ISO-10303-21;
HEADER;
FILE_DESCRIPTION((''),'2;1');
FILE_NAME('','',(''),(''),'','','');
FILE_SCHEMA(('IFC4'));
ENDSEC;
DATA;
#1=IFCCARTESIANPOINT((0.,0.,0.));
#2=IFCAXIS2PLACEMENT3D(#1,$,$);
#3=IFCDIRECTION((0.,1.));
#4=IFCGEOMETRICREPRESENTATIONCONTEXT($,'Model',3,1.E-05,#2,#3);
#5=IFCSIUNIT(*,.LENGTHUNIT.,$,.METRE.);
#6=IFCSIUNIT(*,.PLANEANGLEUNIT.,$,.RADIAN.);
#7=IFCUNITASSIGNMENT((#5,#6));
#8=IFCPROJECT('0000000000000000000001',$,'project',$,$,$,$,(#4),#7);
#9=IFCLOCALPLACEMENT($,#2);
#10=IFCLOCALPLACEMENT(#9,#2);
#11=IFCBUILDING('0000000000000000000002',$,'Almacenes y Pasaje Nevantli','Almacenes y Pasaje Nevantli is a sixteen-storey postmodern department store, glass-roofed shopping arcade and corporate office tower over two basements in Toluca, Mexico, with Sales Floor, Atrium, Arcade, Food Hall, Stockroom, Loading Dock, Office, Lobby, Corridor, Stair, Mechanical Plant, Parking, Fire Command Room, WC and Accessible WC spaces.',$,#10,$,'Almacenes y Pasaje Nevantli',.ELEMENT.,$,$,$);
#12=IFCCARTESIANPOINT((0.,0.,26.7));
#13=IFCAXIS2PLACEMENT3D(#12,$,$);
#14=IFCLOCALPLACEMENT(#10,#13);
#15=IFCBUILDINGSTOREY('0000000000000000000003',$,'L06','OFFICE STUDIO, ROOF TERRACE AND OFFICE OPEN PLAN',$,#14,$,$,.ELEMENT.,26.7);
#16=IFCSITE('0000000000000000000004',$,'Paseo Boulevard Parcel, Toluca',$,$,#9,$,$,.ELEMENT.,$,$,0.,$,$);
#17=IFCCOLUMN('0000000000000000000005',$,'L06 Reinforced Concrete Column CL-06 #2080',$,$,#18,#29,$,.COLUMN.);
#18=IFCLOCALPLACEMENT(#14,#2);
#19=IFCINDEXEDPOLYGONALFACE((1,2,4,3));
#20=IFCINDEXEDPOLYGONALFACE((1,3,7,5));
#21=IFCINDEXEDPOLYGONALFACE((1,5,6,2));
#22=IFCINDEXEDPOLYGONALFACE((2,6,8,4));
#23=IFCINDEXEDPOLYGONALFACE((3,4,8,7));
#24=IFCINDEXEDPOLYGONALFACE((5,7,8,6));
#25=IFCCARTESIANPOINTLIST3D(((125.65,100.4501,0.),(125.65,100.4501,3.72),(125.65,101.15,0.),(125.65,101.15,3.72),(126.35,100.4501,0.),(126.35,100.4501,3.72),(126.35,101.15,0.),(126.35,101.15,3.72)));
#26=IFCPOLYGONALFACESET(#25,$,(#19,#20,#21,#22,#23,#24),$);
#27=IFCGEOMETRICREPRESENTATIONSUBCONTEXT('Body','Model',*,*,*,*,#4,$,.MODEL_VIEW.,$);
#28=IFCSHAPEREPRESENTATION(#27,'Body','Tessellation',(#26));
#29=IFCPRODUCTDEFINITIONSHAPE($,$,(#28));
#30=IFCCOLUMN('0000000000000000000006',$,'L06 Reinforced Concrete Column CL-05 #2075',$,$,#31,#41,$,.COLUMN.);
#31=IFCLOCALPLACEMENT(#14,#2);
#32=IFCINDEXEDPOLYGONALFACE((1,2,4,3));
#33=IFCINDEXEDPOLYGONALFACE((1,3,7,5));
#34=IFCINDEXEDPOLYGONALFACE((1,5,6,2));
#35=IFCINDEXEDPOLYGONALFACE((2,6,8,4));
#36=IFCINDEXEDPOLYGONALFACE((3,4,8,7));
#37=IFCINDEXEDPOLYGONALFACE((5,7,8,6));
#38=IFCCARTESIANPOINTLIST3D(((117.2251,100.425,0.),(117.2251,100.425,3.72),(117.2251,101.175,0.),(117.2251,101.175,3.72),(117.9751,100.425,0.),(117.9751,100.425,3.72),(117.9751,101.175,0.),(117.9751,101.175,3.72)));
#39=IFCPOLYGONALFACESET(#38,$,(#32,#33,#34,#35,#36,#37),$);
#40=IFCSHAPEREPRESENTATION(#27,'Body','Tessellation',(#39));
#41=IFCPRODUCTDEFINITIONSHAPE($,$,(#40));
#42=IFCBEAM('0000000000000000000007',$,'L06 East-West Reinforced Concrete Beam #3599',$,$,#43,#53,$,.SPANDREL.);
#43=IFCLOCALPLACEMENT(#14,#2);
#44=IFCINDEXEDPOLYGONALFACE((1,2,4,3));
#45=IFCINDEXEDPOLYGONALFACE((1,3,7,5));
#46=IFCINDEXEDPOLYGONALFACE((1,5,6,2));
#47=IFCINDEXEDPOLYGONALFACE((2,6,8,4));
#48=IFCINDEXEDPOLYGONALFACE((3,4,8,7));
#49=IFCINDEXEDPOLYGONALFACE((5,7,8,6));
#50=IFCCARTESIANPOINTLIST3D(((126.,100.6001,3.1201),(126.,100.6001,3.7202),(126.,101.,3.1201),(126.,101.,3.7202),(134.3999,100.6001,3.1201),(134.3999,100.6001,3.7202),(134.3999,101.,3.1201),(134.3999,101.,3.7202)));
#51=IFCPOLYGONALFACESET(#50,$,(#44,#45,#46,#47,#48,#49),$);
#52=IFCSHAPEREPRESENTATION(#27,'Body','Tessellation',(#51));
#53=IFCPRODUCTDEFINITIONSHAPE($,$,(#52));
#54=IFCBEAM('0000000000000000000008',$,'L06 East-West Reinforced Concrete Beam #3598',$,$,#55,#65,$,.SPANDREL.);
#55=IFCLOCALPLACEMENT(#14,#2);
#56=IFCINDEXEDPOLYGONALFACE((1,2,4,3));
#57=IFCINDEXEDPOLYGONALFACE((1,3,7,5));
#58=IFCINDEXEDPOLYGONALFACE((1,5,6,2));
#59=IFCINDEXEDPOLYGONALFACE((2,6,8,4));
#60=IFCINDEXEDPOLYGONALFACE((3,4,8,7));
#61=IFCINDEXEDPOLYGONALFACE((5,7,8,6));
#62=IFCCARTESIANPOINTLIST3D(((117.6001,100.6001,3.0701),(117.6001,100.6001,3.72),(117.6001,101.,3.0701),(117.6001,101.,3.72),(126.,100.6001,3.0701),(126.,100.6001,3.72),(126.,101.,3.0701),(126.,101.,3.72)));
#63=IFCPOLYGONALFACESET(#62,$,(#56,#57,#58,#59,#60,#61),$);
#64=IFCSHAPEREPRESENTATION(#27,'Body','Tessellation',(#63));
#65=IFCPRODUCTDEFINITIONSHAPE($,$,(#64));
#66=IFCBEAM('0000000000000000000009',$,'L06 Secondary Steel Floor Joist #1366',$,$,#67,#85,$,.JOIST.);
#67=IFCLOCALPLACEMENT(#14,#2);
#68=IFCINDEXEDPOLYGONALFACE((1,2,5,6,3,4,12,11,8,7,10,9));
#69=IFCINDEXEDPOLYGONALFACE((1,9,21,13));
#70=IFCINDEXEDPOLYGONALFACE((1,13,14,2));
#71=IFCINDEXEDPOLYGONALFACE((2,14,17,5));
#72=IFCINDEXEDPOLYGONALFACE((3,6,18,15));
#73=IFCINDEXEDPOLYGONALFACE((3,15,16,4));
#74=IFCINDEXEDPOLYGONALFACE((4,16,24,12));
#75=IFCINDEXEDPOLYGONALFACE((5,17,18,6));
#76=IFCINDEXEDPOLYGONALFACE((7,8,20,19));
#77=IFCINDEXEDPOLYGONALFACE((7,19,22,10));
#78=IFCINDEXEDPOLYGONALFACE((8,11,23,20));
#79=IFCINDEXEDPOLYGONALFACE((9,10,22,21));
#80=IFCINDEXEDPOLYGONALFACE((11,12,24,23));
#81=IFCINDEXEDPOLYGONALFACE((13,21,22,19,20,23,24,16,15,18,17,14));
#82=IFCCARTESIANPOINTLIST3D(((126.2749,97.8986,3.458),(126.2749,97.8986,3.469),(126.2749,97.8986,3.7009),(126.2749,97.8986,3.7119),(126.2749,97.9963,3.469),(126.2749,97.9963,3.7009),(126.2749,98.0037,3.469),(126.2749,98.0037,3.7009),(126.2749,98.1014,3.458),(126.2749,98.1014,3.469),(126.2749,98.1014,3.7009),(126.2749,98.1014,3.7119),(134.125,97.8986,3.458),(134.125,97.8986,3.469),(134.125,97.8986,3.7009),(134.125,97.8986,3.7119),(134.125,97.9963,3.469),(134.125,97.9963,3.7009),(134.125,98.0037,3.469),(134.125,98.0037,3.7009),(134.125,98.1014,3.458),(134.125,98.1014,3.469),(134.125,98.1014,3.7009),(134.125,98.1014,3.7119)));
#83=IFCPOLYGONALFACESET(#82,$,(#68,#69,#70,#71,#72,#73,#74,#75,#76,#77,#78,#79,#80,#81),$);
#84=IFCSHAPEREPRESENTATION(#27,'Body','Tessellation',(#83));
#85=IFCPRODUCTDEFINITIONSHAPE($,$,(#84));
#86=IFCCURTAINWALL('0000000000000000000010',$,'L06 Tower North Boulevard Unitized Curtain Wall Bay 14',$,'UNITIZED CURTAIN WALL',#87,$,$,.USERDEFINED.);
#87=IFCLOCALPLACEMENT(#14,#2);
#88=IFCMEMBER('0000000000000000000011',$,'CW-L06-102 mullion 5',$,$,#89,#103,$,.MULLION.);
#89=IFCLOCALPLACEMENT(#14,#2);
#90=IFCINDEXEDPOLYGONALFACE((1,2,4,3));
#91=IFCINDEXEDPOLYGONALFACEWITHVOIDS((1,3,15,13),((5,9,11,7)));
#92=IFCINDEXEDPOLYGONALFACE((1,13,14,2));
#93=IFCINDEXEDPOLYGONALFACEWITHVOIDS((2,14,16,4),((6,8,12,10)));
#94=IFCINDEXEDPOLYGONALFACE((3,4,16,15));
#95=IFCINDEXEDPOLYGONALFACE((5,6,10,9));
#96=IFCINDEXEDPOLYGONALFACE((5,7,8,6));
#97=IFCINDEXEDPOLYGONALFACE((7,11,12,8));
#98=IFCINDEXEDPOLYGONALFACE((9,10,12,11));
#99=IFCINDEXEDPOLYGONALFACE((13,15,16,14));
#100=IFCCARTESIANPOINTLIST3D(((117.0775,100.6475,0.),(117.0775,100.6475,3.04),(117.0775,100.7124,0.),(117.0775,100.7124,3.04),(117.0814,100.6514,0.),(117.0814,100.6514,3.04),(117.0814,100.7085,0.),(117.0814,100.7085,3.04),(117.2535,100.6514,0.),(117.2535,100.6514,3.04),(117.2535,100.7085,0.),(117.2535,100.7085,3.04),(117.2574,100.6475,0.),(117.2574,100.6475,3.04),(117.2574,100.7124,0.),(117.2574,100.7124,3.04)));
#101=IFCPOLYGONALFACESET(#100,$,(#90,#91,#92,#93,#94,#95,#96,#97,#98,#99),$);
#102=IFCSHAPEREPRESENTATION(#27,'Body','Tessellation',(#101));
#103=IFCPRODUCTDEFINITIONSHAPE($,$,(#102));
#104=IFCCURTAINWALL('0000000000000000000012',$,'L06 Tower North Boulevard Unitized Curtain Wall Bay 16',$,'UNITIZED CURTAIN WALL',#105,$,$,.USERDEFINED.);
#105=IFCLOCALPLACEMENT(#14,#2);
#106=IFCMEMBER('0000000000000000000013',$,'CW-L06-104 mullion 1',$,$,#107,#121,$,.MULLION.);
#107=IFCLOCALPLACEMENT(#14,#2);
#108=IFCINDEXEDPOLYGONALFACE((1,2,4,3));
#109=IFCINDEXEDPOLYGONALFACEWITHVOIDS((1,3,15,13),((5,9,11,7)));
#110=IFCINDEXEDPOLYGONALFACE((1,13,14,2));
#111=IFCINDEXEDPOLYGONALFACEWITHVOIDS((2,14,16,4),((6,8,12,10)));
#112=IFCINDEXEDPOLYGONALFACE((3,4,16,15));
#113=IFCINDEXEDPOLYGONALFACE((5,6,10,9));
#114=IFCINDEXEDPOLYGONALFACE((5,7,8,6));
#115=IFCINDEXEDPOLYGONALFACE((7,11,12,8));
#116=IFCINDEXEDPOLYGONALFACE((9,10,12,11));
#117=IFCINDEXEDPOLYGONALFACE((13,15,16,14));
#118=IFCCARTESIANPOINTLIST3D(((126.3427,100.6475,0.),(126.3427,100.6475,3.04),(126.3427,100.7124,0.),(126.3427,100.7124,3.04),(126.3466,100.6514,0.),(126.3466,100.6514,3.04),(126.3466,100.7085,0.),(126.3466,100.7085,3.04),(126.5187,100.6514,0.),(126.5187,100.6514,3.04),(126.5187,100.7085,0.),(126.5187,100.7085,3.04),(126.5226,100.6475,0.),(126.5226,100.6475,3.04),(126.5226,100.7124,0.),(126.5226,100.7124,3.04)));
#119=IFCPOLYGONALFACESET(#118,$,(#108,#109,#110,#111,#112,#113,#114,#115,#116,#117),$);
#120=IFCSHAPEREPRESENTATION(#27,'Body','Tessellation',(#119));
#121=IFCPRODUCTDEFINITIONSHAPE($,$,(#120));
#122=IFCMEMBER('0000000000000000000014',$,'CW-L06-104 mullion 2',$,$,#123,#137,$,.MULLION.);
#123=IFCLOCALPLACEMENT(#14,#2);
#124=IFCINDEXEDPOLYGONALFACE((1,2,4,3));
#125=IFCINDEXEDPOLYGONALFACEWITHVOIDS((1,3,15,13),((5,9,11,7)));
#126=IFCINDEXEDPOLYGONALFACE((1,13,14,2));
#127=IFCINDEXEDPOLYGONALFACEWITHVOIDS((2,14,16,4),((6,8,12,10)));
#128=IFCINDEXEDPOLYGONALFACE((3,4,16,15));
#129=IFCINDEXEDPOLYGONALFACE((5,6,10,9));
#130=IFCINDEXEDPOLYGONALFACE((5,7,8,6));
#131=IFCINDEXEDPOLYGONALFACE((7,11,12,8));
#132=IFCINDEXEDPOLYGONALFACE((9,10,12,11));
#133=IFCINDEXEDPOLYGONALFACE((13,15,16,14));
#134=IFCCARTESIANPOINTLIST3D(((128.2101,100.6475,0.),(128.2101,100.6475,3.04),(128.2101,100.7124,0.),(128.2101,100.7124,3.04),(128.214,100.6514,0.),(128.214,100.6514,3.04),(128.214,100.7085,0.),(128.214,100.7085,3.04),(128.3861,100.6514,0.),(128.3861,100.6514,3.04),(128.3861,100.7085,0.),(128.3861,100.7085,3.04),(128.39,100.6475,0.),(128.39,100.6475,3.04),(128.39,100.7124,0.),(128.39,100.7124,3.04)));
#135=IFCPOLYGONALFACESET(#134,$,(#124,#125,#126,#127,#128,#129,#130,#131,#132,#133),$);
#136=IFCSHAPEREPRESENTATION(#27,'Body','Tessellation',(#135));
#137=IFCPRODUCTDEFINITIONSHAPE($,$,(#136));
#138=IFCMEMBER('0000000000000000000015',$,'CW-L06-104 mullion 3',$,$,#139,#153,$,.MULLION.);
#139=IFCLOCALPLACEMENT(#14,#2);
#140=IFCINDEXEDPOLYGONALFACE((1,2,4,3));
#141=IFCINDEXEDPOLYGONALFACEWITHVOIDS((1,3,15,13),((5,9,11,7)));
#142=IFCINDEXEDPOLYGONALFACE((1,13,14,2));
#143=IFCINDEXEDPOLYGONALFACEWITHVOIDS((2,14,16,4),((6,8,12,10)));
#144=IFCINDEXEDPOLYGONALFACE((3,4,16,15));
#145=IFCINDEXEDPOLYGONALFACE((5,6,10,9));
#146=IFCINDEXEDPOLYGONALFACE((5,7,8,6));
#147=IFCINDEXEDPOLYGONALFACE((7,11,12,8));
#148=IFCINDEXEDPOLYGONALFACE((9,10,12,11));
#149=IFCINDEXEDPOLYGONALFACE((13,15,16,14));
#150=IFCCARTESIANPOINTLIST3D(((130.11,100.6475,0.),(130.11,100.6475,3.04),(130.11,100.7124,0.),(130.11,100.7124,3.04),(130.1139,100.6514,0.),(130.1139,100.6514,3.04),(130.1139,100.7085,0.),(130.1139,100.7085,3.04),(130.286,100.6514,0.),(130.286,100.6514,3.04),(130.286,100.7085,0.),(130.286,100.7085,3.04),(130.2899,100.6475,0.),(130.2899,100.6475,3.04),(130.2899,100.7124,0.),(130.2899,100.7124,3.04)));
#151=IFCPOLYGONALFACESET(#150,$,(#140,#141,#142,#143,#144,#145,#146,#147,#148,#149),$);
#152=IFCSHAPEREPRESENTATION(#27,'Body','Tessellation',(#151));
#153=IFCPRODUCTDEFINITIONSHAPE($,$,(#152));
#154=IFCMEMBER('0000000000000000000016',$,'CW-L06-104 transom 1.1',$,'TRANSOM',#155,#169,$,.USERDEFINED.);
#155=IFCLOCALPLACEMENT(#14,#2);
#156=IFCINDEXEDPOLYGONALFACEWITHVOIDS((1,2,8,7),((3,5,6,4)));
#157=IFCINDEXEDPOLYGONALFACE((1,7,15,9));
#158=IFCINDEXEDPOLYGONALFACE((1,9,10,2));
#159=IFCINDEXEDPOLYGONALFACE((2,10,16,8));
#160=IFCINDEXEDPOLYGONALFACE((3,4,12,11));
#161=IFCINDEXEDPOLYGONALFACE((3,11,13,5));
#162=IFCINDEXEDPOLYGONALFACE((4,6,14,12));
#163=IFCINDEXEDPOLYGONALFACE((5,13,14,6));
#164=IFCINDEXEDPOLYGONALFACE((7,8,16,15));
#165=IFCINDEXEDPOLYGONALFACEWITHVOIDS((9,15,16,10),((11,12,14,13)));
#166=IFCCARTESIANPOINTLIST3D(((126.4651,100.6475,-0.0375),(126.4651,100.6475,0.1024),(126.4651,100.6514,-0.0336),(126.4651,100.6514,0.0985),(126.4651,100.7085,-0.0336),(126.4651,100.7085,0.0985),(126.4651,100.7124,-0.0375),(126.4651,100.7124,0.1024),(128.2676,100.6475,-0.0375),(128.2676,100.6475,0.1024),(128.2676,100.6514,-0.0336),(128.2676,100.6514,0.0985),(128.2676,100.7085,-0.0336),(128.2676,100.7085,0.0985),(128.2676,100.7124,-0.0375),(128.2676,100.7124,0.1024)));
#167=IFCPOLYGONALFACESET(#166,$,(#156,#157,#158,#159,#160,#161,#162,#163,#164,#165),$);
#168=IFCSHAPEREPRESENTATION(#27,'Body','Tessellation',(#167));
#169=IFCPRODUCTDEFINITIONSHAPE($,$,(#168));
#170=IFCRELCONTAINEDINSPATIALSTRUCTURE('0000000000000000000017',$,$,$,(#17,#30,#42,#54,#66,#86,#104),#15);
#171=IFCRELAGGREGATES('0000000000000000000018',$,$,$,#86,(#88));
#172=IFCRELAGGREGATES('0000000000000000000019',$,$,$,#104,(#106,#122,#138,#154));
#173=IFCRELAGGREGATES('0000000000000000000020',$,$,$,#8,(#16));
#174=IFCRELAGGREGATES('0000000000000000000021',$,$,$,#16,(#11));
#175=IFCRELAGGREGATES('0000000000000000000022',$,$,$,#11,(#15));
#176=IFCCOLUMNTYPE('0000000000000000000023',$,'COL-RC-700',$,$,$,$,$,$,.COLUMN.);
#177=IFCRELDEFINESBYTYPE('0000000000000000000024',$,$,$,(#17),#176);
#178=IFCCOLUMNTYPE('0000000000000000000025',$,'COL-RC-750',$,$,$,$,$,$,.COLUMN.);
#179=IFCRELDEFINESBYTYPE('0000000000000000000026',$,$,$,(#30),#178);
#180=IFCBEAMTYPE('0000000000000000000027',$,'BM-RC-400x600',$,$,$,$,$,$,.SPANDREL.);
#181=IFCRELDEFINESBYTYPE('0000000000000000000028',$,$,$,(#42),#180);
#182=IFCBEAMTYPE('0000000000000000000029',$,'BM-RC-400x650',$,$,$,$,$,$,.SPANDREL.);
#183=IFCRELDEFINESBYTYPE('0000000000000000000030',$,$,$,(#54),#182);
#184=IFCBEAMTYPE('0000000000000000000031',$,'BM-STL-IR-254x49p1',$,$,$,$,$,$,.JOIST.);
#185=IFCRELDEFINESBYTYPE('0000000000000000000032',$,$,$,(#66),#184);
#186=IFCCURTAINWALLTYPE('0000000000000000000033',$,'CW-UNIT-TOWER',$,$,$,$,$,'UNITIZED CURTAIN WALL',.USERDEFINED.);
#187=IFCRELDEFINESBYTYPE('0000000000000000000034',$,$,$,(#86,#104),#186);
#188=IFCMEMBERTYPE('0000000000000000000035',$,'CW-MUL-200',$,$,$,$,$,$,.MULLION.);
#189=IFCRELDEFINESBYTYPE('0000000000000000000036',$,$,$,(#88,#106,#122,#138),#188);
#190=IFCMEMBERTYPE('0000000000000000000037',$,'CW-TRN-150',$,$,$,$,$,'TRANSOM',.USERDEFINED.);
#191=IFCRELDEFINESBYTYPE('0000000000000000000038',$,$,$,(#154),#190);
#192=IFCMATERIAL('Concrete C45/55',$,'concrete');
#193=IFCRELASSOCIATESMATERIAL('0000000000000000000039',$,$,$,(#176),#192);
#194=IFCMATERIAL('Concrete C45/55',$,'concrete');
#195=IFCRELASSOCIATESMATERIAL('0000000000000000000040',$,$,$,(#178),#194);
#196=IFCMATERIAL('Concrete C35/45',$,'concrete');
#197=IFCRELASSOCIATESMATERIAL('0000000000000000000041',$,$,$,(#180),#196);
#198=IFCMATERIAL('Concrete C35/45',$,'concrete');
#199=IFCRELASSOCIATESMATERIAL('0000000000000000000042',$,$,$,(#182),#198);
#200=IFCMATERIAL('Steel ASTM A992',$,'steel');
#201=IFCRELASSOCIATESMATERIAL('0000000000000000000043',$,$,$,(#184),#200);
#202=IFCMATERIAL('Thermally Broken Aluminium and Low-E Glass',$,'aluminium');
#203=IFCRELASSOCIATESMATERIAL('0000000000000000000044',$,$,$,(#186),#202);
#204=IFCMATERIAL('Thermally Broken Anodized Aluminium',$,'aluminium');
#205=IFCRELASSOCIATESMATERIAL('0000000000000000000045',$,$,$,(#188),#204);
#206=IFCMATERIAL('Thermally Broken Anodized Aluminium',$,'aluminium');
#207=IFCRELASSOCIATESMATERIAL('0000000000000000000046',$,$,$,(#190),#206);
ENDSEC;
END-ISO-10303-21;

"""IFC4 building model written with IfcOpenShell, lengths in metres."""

from ifc_helpers import new_model, si_unit, direction, frame, origin, origin_2d, place, context, subcontext, project, spatial, rectangle, hollow_rectangle, i_section, extrude, material, material_profile, profile_set, type_object, element, aggregate, save


model = new_model("IFC4")

# Units and contexts
model_context = context("Model", 3, precision=1e-05, world=origin(), true_north=direction((0.0, 1.0)))
body_context = subcontext(model_context, "Body", "Model", "MODEL_VIEW")
ifc_project = project(units=[si_unit("LENGTHUNIT", "METRE"), si_unit("PLANEANGLEUNIT", "RADIAN")], contexts=[model_context])

# Site, building, storey
site_placement = place(None, origin())
site = spatial("IfcSite", under=ifc_project, at=site_placement, Name="Paseo Boulevard Parcel, Toluca", CompositionType="ELEMENT", RefElevation=0.0)
building_placement = place(site_placement, origin())
building = spatial("IfcBuilding", under=site, at=building_placement, Name="Almacenes y Pasaje Nevantli", Description="Almacenes y Pasaje Nevantli is a sixteen-storey postmodern department store, glass-roofed shopping arcade and corporate office tower over two basements in Toluca, Mexico, with Sales Floor, Atrium, Arcade, Food Hall, Stockroom, Loading Dock, Office, Lobby, Corridor, Stair, Mechanical Plant, Parking, Fire Command Room, WC and Accessible WC spaces.", LongName="Almacenes y Pasaje Nevantli", CompositionType="ELEMENT")
storey_placement = place(building_placement, frame((0.0, 0.0, 26.7)))
storey = spatial("IfcBuildingStorey", under=building, at=storey_placement, Name="L06", Description="OFFICE STUDIO, ROOF TERRACE AND OFFICE OPEN PLAN", CompositionType="ELEMENT", Elevation=26.7)

# Columns
ifc_material_1 = material(Name="Concrete C45/55", Category="concrete")
ifc_material_profile_1 = material_profile(ifc_material_1, rectangle(XDim=0.7, YDim=0.7, at=origin_2d()), Name="RC-COL-700x700")
ifc_profile_set_1 = profile_set([ifc_material_profile_1], Name="Concrete C45/55")
column_type_1 = type_object("IfcColumnType", Name="COL-RC-700", PredefinedType="COLUMN", material=ifc_profile_set_1)
column_1_placement = place(storey_placement, frame((126.0, 100.8, 0.0), z_axis=(0.0, 0.0, 1.0), x_axis=(1.0, 0.0, 0.0)))
element("IfcColumn", 1, at=column_1_placement, inside=storey, type_object=column_type_1, Name="L06 Reinforced Concrete Column CL-06 #2080", PredefinedType="COLUMN", context=body_context, shape_type="SweptSolid", body=[
    extrude(rectangle(XDim=0.7, YDim=0.7, at=origin_2d()), origin(), (0.0, 0.0, 1.0), 3.72),
])
ifc_material_2 = material(Name="Concrete C45/55", Category="concrete")
ifc_material_profile_2 = material_profile(ifc_material_2, rectangle(XDim=0.75, YDim=0.75, at=origin_2d()), Name="RC-COL-750x750")
ifc_profile_set_2 = profile_set([ifc_material_profile_2], Name="Concrete C45/55")
column_type_2 = type_object("IfcColumnType", Name="COL-RC-750", PredefinedType="COLUMN", material=ifc_profile_set_2)
column_2_placement = place(storey_placement, frame((117.6001, 100.8, 0.0), z_axis=(0.0, 0.0, 1.0), x_axis=(1.0, 0.0, 0.0)))
element("IfcColumn", 2, at=column_2_placement, inside=storey, type_object=column_type_2, Name="L06 Reinforced Concrete Column CL-05 #2075", PredefinedType="COLUMN", context=body_context, shape_type="SweptSolid", body=[
    extrude(rectangle(XDim=0.75, YDim=0.75, at=origin_2d()), origin(), (0.0, 0.0, 1.0), 3.72),
])

# Beams
ifc_material_3 = material(Name="Concrete C35/45", Category="concrete")
ifc_material_profile_3 = material_profile(ifc_material_3, rectangle(XDim=0.3999, YDim=0.6001, at=origin_2d()), Name="RC-BM-400x600")
ifc_profile_set_3 = profile_set([ifc_material_profile_3], Name="Concrete C35/45")
beam_type_1 = type_object("IfcBeamType", Name="BM-RC-400x600", PredefinedType="SPANDREL", material=ifc_profile_set_3)
beam_1_placement = place(storey_placement, frame((126.0, 100.8, 3.4202), z_axis=(1.0, 0.0, 0.0), x_axis=(0.0, 1.0, 0.0)))
element("IfcBeam", 3, at=beam_1_placement, inside=storey, type_object=beam_type_1, Name="L06 East-West Reinforced Concrete Beam #3599", PredefinedType="SPANDREL", context=body_context, shape_type="SweptSolid", body=[
    extrude(rectangle(XDim=0.3999, YDim=0.6001, at=origin_2d()), origin(), (0.0, 0.0, 1.0), 8.3999),
])
ifc_material_4 = material(Name="Concrete C35/45", Category="concrete")
ifc_material_profile_4 = material_profile(ifc_material_4, rectangle(XDim=0.3999, YDim=0.6499, at=origin_2d()), Name="RC-BM-400x650")
ifc_profile_set_4 = profile_set([ifc_material_profile_4], Name="Concrete C35/45")
beam_type_2 = type_object("IfcBeamType", Name="BM-RC-400x650", PredefinedType="SPANDREL", material=ifc_profile_set_4)
beam_2_placement = place(storey_placement, frame((117.6001, 100.8, 3.395), z_axis=(1.0, 0.0, 0.0), x_axis=(0.0, 1.0, 0.0)))
element("IfcBeam", 4, at=beam_2_placement, inside=storey, type_object=beam_type_2, Name="L06 East-West Reinforced Concrete Beam #3598", PredefinedType="SPANDREL", context=body_context, shape_type="SweptSolid", body=[
    extrude(rectangle(XDim=0.3999, YDim=0.6499, at=origin_2d()), origin(), (0.0, 0.0, 1.0), 8.3999),
])
ifc_material_5 = material(Name="Steel ASTM A992", Category="steel")
ifc_material_profile_5 = material_profile(ifc_material_5, i_section(OverallWidth=0.2029, OverallDepth=0.2539, WebThickness=0.0073, FlangeThickness=0.011, at=origin_2d()), Name="IR 254x49.1")
ifc_profile_set_5 = profile_set([ifc_material_profile_5], Name="Steel ASTM A992")
beam_type_3 = type_object("IfcBeamType", Name="BM-STL-IR-254x49p1", PredefinedType="JOIST", material=ifc_profile_set_5)
beam_3_placement = place(storey_placement, frame((126.2749, 98.0, 3.585), z_axis=(1.0, 0.0, 0.0), x_axis=(0.0, 1.0, 0.0)))
element("IfcBeam", 5, at=beam_3_placement, inside=storey, type_object=beam_type_3, Name="L06 Secondary Steel Floor Joist #1366", PredefinedType="JOIST", context=body_context, shape_type="SweptSolid", body=[
    extrude(i_section(OverallWidth=0.2029, OverallDepth=0.2539, WebThickness=0.0073, FlangeThickness=0.011, at=origin_2d()), origin(), (0.0, 0.0, 1.0), 7.8501),
])

# Curtain wall, member
ifc_material_6 = material(Name="Thermally Broken Aluminium and Low-E Glass", Category="aluminium")
curtain_wall_type = type_object("IfcCurtainWallType", Name="CW-UNIT-TOWER", ElementType="UNITIZED CURTAIN WALL", PredefinedType="USERDEFINED", material=ifc_material_6)
curtain_wall_1_placement = place(storey_placement, origin())
curtain_wall_1 = element("IfcCurtainWall", 6, at=curtain_wall_1_placement, inside=storey, type_object=curtain_wall_type, Name="L06 Tower North Boulevard Unitized Curtain Wall Bay 14", ObjectType="UNITIZED CURTAIN WALL", PredefinedType="USERDEFINED")
ifc_material_7 = material(Name="Thermally Broken Anodized Aluminium", Category="aluminium")
ifc_material_profile_6 = material_profile(ifc_material_7, hollow_rectangle(XDim=0.0649, YDim=0.1799, WallThickness=0.0039, at=origin_2d()), Name="ALU-MUL-65x180")
ifc_profile_set_6 = profile_set([ifc_material_profile_6], Name="Thermally Broken Anodized Aluminium")
member_type_1 = type_object("IfcMemberType", Name="CW-MUL-200", PredefinedType="MULLION", material=ifc_profile_set_6)
member_1_placement = place(storey_placement, frame((117.1675, 100.6799, 0.0), z_axis=(0.0, 0.0, 1.0), x_axis=(0.0, 1.0, 0.0)))
member_1 = element("IfcMember", 7, at=member_1_placement, type_object=member_type_1, Name="CW-L06-102 mullion 5", PredefinedType="MULLION", context=body_context, shape_type="SweptSolid", body=[
    extrude(hollow_rectangle(XDim=0.0649, YDim=0.1799, WallThickness=0.0039, at=origin_2d()), origin(), (0.0, 0.0, 1.0), 3.04),
])

# Curtain wall, members
curtain_wall_2_placement = place(storey_placement, origin())
curtain_wall_2 = element("IfcCurtainWall", 8, at=curtain_wall_2_placement, inside=storey, type_object=curtain_wall_type, Name="L06 Tower North Boulevard Unitized Curtain Wall Bay 16", ObjectType="UNITIZED CURTAIN WALL", PredefinedType="USERDEFINED")
member_2_placement = place(storey_placement, frame((126.4326, 100.6799, 0.0), z_axis=(0.0, 0.0, 1.0), x_axis=(0.0, 1.0, 0.0)))
member_2 = element("IfcMember", 9, at=member_2_placement, type_object=member_type_1, Name="CW-L06-104 mullion 1", PredefinedType="MULLION", context=body_context, shape_type="SweptSolid", body=[
    extrude(hollow_rectangle(XDim=0.0649, YDim=0.1799, WallThickness=0.0039, at=origin_2d()), origin(), (0.0, 0.0, 1.0), 3.04),
])
member_3_placement = place(storey_placement, frame((128.3, 100.6799, 0.0), z_axis=(0.0, 0.0, 1.0), x_axis=(0.0, 1.0, 0.0)))
member_3 = element("IfcMember", 10, at=member_3_placement, type_object=member_type_1, Name="CW-L06-104 mullion 2", PredefinedType="MULLION", context=body_context, shape_type="SweptSolid", body=[
    extrude(hollow_rectangle(XDim=0.0649, YDim=0.1799, WallThickness=0.0039, at=origin_2d()), origin(), (0.0, 0.0, 1.0), 3.04),
])
member_4_placement = place(storey_placement, frame((130.2, 100.6799, 0.0), z_axis=(0.0, 0.0, 1.0), x_axis=(0.0, 1.0, 0.0)))
member_4 = element("IfcMember", 11, at=member_4_placement, type_object=member_type_1, Name="CW-L06-104 mullion 3", PredefinedType="MULLION", context=body_context, shape_type="SweptSolid", body=[
    extrude(hollow_rectangle(XDim=0.0649, YDim=0.1799, WallThickness=0.0039, at=origin_2d()), origin(), (0.0, 0.0, 1.0), 3.04),
])
ifc_material_8 = material(Name="Thermally Broken Anodized Aluminium", Category="aluminium")
ifc_material_profile_7 = material_profile(ifc_material_8, hollow_rectangle(XDim=0.0649, YDim=0.1399, WallThickness=0.0039, at=origin_2d()), Name="ALU-TRN-65x140")
ifc_profile_set_7 = profile_set([ifc_material_profile_7], Name="Thermally Broken Anodized Aluminium")
member_type_2 = type_object("IfcMemberType", Name="CW-TRN-150", ElementType="TRANSOM", PredefinedType="USERDEFINED", material=ifc_profile_set_7)
member_5_placement = place(storey_placement, frame((126.4651, 100.6799, 0.0325), z_axis=(1.0, 0.0, 0.0), x_axis=(0.0, 1.0, 0.0)))
member_5 = element("IfcMember", 12, at=member_5_placement, type_object=member_type_2, Name="CW-L06-104 transom 1.1", ObjectType="TRANSOM", PredefinedType="USERDEFINED", context=body_context, shape_type="SweptSolid", body=[
    extrude(hollow_rectangle(XDim=0.0649, YDim=0.1399, WallThickness=0.0039, at=origin_2d()), origin(), (0.0, 0.0, 1.0), 1.8025),
])

aggregate(curtain_wall_1, [member_1])
aggregate(curtain_wall_2, [member_2, member_3, member_4, member_5])

save(model, "model.ifc")
